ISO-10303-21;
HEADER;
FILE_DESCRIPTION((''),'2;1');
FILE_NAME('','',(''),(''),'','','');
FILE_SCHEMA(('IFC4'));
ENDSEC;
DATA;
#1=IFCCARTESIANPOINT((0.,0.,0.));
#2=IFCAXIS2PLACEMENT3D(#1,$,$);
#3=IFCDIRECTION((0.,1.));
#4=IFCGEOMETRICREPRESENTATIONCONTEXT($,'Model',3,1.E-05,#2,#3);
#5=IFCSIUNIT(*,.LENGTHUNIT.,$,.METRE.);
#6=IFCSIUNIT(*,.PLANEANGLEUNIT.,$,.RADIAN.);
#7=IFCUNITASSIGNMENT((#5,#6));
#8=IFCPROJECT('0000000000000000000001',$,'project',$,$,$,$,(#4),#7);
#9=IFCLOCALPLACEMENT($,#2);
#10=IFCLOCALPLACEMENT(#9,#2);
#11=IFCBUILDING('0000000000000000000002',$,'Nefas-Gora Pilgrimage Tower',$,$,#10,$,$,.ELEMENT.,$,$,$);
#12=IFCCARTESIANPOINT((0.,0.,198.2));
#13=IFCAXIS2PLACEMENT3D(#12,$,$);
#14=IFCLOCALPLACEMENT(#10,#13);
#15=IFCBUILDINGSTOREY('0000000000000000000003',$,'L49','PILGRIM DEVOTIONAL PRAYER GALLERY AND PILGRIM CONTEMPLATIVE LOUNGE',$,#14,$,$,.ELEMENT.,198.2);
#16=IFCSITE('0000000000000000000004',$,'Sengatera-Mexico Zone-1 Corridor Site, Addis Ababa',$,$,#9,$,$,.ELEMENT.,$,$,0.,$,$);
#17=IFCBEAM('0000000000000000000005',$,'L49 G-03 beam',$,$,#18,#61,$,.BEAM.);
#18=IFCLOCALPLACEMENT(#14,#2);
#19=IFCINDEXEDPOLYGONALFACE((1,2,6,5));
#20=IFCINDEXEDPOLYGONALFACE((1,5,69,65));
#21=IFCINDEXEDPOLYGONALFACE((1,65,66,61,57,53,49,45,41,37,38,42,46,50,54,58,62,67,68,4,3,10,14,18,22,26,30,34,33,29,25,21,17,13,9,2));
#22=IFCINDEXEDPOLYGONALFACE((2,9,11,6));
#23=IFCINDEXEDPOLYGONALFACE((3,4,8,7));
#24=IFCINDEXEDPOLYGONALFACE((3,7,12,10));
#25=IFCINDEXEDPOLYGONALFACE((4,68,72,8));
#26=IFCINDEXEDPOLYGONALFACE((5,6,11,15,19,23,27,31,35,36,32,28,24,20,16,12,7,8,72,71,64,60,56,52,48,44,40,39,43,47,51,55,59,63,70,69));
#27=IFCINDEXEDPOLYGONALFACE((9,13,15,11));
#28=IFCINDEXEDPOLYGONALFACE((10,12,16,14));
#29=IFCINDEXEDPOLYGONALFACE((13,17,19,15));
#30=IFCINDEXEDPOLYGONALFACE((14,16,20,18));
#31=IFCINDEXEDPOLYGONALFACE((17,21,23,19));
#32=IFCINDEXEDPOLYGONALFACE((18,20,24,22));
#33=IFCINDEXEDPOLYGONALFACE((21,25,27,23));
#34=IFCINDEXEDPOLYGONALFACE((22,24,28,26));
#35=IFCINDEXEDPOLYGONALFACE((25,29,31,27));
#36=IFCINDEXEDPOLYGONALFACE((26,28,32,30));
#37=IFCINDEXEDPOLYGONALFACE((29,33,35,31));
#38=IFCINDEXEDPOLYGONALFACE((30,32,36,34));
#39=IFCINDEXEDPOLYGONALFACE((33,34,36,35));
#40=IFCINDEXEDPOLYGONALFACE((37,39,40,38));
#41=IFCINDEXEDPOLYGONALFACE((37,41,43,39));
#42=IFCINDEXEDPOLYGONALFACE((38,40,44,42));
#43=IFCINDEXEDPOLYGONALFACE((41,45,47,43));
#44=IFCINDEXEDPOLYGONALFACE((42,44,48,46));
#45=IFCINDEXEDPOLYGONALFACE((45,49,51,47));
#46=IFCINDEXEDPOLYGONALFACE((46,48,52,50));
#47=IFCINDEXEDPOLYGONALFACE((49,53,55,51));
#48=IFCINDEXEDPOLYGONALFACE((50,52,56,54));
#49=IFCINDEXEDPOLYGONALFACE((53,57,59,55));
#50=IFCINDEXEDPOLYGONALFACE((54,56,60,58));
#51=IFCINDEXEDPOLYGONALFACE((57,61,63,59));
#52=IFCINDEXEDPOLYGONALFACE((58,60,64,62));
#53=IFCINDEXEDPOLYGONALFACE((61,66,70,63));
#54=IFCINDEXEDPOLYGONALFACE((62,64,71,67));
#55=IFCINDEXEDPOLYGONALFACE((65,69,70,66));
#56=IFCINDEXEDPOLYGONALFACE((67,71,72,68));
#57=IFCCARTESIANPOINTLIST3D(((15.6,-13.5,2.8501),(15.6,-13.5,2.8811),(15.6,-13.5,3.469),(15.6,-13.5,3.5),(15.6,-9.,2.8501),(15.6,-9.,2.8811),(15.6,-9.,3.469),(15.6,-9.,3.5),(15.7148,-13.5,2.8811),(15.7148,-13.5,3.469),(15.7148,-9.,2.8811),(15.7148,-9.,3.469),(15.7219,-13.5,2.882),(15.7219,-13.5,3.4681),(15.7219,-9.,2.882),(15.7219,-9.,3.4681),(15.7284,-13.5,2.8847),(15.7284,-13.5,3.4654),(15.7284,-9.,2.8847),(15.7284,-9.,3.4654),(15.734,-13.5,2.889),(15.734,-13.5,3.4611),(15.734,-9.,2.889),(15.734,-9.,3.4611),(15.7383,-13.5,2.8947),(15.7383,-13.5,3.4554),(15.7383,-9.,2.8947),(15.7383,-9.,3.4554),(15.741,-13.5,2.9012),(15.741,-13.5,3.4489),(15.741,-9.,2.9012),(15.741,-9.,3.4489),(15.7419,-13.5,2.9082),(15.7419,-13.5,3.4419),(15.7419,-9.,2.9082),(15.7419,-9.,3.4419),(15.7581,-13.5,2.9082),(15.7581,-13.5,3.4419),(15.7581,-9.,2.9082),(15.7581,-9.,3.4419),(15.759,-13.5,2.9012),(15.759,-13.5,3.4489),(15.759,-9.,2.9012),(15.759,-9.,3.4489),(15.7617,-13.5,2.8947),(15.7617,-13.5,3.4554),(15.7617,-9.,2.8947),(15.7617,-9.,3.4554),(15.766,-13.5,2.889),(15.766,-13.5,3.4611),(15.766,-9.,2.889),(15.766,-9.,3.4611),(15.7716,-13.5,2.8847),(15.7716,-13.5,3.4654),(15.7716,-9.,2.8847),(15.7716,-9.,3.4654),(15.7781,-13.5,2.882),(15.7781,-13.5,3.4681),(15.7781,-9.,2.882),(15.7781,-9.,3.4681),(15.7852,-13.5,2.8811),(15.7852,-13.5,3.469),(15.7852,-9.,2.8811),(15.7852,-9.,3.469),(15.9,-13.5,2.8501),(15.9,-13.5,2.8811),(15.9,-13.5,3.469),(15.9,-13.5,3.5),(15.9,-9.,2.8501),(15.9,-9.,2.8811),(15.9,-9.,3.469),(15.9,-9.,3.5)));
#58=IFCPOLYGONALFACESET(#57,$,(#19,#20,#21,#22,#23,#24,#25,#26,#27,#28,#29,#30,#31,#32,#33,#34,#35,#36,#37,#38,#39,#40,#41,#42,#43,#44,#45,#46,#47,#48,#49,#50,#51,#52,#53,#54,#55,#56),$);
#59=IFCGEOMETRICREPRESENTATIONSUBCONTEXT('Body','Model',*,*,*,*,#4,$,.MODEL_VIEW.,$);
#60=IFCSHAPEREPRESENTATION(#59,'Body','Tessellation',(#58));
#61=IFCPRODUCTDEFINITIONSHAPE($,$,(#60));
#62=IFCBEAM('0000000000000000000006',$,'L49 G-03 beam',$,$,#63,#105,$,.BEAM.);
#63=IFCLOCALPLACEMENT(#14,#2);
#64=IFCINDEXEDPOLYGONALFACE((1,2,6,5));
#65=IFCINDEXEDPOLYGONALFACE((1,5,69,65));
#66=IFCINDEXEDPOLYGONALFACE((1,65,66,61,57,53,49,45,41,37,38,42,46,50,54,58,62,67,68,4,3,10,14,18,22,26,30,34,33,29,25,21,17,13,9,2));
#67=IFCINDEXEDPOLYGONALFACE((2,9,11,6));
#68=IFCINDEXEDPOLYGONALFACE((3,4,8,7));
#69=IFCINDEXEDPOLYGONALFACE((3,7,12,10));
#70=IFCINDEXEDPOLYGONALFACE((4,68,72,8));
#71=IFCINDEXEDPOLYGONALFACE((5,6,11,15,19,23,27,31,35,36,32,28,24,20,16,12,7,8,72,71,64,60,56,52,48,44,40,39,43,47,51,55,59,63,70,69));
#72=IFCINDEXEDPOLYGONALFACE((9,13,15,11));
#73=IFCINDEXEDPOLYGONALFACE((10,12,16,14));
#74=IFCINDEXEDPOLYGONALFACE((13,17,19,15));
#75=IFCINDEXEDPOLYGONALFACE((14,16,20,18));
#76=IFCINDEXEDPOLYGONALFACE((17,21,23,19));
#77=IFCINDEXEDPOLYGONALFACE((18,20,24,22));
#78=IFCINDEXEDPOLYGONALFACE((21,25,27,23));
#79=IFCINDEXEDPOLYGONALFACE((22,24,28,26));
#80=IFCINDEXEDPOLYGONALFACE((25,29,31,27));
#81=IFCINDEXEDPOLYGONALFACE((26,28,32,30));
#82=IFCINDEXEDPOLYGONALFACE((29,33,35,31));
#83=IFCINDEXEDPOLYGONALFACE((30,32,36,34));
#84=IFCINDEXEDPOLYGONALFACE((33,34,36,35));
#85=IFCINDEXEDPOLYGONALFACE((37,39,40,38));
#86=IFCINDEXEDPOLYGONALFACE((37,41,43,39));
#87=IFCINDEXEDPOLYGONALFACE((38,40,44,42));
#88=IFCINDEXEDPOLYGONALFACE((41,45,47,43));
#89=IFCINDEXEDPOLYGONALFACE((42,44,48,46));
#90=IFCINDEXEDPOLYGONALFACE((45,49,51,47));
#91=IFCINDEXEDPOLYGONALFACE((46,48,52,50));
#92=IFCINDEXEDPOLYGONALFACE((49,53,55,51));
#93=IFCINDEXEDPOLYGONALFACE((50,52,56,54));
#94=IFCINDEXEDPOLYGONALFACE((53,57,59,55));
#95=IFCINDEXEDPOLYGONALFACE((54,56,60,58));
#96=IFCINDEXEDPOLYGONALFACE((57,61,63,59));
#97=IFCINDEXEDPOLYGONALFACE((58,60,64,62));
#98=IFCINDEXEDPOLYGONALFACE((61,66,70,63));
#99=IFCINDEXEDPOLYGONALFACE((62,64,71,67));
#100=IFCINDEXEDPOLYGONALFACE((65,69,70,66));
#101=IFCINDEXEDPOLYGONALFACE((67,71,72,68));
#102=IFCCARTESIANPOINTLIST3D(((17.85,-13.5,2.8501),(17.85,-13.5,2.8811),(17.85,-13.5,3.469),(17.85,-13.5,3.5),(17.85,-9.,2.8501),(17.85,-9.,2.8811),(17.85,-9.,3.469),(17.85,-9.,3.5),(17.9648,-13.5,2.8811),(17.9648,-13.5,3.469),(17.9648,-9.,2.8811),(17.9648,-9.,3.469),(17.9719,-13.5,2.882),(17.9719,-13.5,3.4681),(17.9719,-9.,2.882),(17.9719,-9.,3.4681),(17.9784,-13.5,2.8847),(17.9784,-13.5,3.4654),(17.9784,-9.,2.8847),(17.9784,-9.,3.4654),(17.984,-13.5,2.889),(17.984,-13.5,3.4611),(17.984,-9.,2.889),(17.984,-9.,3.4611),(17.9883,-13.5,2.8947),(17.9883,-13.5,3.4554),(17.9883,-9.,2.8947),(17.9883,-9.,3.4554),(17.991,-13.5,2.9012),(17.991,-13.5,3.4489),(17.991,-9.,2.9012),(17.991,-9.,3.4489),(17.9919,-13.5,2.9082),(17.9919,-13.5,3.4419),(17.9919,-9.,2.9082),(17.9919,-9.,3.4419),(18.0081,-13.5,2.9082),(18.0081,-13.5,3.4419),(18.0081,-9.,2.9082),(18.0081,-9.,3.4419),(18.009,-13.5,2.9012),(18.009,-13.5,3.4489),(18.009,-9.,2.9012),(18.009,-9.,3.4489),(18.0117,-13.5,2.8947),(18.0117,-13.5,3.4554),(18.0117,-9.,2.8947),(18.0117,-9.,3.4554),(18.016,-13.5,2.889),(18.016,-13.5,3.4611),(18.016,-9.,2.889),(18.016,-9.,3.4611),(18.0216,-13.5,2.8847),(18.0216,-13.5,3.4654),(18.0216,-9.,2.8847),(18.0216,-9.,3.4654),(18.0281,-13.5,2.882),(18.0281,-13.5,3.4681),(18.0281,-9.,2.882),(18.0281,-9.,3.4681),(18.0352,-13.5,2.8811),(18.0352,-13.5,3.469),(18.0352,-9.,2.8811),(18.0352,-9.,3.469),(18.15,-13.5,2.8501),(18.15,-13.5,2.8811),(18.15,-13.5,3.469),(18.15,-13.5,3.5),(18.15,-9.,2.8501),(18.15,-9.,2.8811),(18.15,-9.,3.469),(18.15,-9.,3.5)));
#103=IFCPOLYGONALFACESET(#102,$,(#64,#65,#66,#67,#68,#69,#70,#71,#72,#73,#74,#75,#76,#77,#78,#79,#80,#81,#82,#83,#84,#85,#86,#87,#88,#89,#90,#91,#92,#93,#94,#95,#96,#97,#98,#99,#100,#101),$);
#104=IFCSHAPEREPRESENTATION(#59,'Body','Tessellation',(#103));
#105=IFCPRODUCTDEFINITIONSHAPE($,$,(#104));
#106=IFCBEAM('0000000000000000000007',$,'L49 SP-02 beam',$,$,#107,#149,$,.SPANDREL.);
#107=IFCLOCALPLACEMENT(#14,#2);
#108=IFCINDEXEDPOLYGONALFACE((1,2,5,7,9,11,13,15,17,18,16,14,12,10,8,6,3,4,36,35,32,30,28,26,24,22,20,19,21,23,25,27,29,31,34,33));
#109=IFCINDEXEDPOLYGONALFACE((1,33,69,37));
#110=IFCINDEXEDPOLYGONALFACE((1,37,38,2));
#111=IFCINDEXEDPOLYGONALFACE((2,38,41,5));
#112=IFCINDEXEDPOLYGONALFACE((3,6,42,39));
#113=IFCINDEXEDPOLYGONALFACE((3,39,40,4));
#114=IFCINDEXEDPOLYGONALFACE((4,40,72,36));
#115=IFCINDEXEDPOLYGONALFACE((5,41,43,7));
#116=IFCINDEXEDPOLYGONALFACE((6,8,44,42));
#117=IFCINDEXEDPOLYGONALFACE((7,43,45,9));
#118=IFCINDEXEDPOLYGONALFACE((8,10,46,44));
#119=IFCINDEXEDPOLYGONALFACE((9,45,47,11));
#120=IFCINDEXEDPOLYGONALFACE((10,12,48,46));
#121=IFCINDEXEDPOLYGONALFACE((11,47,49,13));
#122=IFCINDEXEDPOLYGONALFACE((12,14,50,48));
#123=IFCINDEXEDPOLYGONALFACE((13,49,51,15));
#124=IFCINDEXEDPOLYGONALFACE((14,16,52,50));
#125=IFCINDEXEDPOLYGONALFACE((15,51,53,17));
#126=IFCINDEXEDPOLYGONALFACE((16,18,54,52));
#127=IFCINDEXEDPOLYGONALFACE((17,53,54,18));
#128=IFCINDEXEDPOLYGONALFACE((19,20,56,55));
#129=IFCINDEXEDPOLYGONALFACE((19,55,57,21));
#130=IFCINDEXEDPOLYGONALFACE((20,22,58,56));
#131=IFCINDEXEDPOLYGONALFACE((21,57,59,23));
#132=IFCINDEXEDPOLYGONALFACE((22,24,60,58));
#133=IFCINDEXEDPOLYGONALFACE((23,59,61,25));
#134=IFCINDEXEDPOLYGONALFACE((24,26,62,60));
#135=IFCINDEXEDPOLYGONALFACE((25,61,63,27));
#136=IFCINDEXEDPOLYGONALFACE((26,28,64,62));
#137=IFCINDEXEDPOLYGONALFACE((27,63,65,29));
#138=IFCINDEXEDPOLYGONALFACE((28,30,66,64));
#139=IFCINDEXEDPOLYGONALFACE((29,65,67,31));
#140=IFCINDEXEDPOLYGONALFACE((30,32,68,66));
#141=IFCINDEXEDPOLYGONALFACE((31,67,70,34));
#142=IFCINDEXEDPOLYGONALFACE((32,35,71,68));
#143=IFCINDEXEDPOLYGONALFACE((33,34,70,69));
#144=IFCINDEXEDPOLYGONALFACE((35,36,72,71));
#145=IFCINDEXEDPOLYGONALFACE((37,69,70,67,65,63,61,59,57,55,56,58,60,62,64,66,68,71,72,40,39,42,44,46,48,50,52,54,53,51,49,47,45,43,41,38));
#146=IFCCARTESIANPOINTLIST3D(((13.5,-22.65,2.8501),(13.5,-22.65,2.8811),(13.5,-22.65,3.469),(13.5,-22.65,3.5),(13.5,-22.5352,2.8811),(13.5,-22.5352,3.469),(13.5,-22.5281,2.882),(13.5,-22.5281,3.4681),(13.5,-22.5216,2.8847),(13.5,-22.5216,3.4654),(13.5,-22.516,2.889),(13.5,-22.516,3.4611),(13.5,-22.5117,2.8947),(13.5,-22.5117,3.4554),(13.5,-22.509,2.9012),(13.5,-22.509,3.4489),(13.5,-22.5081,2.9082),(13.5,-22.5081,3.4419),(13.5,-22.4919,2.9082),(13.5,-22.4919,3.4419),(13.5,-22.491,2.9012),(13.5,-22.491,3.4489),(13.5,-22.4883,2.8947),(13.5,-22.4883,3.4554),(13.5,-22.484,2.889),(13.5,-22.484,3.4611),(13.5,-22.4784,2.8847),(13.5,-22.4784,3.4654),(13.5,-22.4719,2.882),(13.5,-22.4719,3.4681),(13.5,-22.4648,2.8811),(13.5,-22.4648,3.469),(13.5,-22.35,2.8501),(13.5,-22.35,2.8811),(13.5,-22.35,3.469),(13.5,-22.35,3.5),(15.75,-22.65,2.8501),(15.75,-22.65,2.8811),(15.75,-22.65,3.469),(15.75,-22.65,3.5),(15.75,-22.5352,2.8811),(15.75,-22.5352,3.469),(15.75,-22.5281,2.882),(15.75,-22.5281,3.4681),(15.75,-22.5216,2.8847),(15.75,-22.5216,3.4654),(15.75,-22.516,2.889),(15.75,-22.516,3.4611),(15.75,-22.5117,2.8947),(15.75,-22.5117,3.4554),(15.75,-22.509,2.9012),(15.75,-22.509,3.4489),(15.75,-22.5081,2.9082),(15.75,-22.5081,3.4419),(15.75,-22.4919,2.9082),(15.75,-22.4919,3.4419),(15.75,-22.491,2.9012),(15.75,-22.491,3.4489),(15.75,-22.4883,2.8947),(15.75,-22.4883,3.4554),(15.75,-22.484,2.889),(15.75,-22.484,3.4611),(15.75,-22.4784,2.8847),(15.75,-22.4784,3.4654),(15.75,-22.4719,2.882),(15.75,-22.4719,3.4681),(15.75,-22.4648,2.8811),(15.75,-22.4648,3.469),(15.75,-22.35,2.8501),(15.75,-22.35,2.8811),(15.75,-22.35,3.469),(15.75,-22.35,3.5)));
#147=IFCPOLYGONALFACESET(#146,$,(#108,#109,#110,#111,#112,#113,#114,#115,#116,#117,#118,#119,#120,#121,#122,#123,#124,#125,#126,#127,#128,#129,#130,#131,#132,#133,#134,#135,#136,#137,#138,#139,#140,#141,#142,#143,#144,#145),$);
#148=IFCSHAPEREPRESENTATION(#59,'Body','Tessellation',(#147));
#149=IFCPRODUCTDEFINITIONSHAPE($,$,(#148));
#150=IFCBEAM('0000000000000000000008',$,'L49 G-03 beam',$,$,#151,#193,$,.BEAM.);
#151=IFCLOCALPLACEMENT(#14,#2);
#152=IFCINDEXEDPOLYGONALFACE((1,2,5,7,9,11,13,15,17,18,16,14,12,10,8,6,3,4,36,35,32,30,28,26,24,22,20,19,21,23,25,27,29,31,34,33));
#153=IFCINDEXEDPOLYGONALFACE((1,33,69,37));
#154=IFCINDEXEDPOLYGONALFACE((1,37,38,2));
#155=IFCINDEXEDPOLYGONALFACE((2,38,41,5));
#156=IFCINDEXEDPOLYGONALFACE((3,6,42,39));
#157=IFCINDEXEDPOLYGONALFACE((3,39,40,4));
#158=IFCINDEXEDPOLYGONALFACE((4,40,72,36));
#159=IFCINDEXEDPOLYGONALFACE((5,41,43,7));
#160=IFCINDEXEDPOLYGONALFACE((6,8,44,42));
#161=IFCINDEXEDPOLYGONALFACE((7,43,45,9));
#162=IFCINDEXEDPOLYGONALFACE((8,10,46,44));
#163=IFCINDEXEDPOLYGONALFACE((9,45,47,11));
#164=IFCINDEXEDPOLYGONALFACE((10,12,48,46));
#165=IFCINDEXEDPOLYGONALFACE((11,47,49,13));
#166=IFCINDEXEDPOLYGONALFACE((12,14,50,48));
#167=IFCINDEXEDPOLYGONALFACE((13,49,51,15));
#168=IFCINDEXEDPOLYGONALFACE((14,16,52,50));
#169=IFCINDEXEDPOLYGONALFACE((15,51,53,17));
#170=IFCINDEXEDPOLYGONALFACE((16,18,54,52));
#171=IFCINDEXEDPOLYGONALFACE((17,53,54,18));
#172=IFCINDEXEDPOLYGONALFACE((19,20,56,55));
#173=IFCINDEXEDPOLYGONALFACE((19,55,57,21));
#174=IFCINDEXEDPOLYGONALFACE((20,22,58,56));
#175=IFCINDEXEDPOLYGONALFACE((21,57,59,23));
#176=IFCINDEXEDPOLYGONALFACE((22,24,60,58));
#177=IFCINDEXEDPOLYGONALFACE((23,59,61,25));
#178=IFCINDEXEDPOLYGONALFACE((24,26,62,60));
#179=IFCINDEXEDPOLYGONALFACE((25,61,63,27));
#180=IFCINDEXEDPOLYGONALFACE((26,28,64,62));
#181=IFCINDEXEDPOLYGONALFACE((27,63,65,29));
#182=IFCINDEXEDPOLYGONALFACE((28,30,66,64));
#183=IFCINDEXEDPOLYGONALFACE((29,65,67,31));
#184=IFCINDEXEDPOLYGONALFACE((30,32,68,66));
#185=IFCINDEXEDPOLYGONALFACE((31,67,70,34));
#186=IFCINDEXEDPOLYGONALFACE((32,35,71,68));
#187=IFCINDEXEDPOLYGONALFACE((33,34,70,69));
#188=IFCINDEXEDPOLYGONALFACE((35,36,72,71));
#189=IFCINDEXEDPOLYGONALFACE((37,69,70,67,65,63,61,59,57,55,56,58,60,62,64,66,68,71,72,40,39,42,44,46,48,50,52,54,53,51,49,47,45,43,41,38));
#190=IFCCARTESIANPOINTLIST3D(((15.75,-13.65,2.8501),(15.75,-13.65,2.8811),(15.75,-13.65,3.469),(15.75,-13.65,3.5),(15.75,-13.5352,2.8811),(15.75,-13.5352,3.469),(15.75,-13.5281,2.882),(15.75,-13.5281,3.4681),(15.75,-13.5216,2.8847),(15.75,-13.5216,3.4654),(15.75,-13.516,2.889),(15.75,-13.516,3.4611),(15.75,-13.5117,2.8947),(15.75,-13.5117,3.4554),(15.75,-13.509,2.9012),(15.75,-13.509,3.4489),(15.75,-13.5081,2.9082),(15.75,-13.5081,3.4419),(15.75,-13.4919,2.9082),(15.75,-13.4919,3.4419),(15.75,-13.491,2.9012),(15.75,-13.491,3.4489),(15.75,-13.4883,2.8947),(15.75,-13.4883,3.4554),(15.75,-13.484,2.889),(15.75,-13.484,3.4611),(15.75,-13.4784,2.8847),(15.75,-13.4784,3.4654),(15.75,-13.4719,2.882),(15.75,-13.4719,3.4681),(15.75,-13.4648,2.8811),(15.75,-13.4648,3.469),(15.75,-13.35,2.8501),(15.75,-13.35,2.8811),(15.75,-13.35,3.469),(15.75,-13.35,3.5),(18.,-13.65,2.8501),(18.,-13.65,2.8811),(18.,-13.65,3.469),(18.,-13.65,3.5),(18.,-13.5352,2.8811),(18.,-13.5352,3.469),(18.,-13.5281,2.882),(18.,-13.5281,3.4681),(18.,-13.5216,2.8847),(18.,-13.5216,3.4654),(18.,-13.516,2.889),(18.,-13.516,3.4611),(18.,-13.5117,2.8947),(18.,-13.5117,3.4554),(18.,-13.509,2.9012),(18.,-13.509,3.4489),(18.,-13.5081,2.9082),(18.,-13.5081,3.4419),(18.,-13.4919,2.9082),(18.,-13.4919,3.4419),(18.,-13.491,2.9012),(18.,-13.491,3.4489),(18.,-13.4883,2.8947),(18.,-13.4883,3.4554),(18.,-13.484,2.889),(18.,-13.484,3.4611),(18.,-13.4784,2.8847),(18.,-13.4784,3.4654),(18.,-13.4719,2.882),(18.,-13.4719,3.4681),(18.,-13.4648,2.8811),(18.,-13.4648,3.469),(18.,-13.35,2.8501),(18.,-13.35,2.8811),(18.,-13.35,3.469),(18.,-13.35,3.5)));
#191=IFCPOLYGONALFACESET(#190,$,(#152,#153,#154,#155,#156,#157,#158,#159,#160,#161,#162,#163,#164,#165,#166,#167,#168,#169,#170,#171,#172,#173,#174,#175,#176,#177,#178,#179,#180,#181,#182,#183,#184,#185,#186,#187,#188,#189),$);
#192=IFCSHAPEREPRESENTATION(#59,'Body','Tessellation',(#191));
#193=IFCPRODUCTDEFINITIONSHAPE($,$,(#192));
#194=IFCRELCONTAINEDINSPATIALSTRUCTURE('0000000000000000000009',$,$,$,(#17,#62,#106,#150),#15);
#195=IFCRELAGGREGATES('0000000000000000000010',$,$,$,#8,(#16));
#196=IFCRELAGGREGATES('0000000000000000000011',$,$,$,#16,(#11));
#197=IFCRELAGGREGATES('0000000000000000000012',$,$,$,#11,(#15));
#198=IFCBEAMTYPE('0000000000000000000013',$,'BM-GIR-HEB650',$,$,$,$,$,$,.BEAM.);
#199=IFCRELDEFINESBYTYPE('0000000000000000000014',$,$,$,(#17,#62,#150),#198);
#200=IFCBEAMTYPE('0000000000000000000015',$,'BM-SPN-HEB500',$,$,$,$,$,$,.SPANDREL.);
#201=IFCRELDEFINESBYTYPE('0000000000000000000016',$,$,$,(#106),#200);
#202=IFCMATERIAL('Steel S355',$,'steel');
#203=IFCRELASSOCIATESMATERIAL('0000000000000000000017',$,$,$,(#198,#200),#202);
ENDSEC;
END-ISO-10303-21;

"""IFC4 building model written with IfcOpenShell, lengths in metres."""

from ifc_helpers import new_model, si_unit, direction, frame, origin, origin_2d, place, context, subcontext, project, spatial, i_section, extrude, source, transform, mapped, material, material_profile, profile_set, type_object, element, save


model = new_model("IFC4")

# Units and contexts
model_context = context("Model", 3, precision=1e-05, world=origin(), true_north=direction((0.0, 1.0)))
body_context = subcontext(model_context, "Body", "Model", "MODEL_VIEW")
ifc_project = project(units=[si_unit("LENGTHUNIT", "METRE"), si_unit("PLANEANGLEUNIT", "RADIAN")], contexts=[model_context])

# Site, building, storey
site_placement = place(None, origin())
site = spatial("IfcSite", under=ifc_project, at=site_placement, Name="Sengatera-Mexico Zone-1 Corridor Site, Addis Ababa", CompositionType="ELEMENT", RefElevation=0.0)
building_placement = place(site_placement, origin())
building = spatial("IfcBuilding", under=site, at=building_placement, Name="Nefas-Gora Pilgrimage Tower", CompositionType="ELEMENT")
storey_placement = place(building_placement, frame((0.0, 0.0, 198.2)))
storey = spatial("IfcBuildingStorey", under=building, at=storey_placement, Name="L49", Description="PILGRIM DEVOTIONAL PRAYER GALLERY AND PILGRIM CONTEMPLATIVE LOUNGE", CompositionType="ELEMENT", Elevation=198.2)

# Beams
ifc_material_1 = material(Name="Steel S355", Category="steel")
ifc_material_profile_1 = material_profile(ifc_material_1, i_section(OverallWidth=0.3, OverallDepth=0.6499, WebThickness=0.0161, FlangeThickness=0.031, FilletRadius=0.0271, at=origin_2d()), Name="HEB 650")
ifc_profile_set_1 = profile_set([ifc_material_profile_1], Name="Steel S355")
beam_type_1 = type_object("IfcBeamType", Name="BM-GIR-HEB650", PredefinedType="BEAM", material=ifc_profile_set_1)
shared_shape_1 = source(origin(), body_context, "Body", "SweptSolid", [
    extrude(i_section(OverallWidth=0.3, OverallDepth=0.6499, WebThickness=0.0161, FlangeThickness=0.031, FilletRadius=0.0271, at=origin_2d()), origin(), (0.0, 0.0, 1.0), 4.5),
])
for number, where, z_axis, x_axis, name in (
    (1, (15.75, -13.5, 3.175), (0.0, 1.0, 0.0), (-1.0, 0.0, 0.0), "L49 G-03 beam"),
    (2, (18.0, -13.5, 3.175), (0.0, 1.0, 0.0), (-1.0, 0.0, 0.0), "L49 G-03 beam"),
):
    element("IfcBeam", number, at=place(storey_placement, frame(where, z_axis=z_axis, x_axis=x_axis)), inside=storey, type_object=beam_type_1, Name=name, PredefinedType="BEAM", context=body_context, shape_type="MappedRepresentation", body=[
        mapped(shared_shape_1, transform((0.0, 0.0, 0.0), x_axis=(1.0, 0.0, 0.0), y_axis=(0.0, 1.0, 0.0), z_axis=(0.0, 0.0, 1.0), scale=1.0)),
    ])
ifc_material_profile_2 = material_profile(ifc_material_1, i_section(OverallWidth=0.3, OverallDepth=0.6499, WebThickness=0.0161, FlangeThickness=0.031, FilletRadius=0.0271, at=origin_2d()), Name="HEB 650")
ifc_profile_set_2 = profile_set([ifc_material_profile_2], Name="Steel S355")
beam_type_2 = type_object("IfcBeamType", Name="BM-SPN-HEB500", PredefinedType="SPANDREL", material=ifc_profile_set_2)
shared_shape_2 = source(origin(), body_context, "Body", "SweptSolid", [
    extrude(i_section(OverallWidth=0.3, OverallDepth=0.6499, WebThickness=0.0161, FlangeThickness=0.031, FilletRadius=0.0271, at=origin_2d()), origin(), (0.0, 0.0, 1.0), 2.25),
])
beam_1_placement = place(storey_placement, frame((13.5, -22.5, 3.175), z_axis=(1.0, 0.0, 0.0), x_axis=(0.0, 1.0, 0.0)))
element("IfcBeam", 3, at=beam_1_placement, inside=storey, type_object=beam_type_2, Name="L49 SP-02 beam", PredefinedType="SPANDREL", context=body_context, shape_type="MappedRepresentation", body=[
    mapped(shared_shape_2, transform((0.0, 0.0, 0.0), x_axis=(1.0, 0.0, 0.0), y_axis=(0.0, 1.0, 0.0), z_axis=(0.0, 0.0, 1.0), scale=1.0)),
])
shared_shape_3 = source(origin(), body_context, "Body", "SweptSolid", [
    extrude(i_section(OverallWidth=0.3, OverallDepth=0.6499, WebThickness=0.0161, FlangeThickness=0.031, FilletRadius=0.0271, at=origin_2d()), origin(), (0.0, 0.0, 1.0), 2.25),
])
beam_2_placement = place(storey_placement, frame((15.75, -13.5, 3.175), z_axis=(1.0, 0.0, 0.0), x_axis=(0.0, 1.0, 0.0)))
element("IfcBeam", 4, at=beam_2_placement, inside=storey, type_object=beam_type_1, Name="L49 G-03 beam", PredefinedType="BEAM", context=body_context, shape_type="MappedRepresentation", body=[
    mapped(shared_shape_3, transform((0.0, 0.0, 0.0), x_axis=(1.0, 0.0, 0.0), y_axis=(0.0, 1.0, 0.0), z_axis=(0.0, 0.0, 1.0), scale=1.0)),
])

save(model, "model.ifc")
